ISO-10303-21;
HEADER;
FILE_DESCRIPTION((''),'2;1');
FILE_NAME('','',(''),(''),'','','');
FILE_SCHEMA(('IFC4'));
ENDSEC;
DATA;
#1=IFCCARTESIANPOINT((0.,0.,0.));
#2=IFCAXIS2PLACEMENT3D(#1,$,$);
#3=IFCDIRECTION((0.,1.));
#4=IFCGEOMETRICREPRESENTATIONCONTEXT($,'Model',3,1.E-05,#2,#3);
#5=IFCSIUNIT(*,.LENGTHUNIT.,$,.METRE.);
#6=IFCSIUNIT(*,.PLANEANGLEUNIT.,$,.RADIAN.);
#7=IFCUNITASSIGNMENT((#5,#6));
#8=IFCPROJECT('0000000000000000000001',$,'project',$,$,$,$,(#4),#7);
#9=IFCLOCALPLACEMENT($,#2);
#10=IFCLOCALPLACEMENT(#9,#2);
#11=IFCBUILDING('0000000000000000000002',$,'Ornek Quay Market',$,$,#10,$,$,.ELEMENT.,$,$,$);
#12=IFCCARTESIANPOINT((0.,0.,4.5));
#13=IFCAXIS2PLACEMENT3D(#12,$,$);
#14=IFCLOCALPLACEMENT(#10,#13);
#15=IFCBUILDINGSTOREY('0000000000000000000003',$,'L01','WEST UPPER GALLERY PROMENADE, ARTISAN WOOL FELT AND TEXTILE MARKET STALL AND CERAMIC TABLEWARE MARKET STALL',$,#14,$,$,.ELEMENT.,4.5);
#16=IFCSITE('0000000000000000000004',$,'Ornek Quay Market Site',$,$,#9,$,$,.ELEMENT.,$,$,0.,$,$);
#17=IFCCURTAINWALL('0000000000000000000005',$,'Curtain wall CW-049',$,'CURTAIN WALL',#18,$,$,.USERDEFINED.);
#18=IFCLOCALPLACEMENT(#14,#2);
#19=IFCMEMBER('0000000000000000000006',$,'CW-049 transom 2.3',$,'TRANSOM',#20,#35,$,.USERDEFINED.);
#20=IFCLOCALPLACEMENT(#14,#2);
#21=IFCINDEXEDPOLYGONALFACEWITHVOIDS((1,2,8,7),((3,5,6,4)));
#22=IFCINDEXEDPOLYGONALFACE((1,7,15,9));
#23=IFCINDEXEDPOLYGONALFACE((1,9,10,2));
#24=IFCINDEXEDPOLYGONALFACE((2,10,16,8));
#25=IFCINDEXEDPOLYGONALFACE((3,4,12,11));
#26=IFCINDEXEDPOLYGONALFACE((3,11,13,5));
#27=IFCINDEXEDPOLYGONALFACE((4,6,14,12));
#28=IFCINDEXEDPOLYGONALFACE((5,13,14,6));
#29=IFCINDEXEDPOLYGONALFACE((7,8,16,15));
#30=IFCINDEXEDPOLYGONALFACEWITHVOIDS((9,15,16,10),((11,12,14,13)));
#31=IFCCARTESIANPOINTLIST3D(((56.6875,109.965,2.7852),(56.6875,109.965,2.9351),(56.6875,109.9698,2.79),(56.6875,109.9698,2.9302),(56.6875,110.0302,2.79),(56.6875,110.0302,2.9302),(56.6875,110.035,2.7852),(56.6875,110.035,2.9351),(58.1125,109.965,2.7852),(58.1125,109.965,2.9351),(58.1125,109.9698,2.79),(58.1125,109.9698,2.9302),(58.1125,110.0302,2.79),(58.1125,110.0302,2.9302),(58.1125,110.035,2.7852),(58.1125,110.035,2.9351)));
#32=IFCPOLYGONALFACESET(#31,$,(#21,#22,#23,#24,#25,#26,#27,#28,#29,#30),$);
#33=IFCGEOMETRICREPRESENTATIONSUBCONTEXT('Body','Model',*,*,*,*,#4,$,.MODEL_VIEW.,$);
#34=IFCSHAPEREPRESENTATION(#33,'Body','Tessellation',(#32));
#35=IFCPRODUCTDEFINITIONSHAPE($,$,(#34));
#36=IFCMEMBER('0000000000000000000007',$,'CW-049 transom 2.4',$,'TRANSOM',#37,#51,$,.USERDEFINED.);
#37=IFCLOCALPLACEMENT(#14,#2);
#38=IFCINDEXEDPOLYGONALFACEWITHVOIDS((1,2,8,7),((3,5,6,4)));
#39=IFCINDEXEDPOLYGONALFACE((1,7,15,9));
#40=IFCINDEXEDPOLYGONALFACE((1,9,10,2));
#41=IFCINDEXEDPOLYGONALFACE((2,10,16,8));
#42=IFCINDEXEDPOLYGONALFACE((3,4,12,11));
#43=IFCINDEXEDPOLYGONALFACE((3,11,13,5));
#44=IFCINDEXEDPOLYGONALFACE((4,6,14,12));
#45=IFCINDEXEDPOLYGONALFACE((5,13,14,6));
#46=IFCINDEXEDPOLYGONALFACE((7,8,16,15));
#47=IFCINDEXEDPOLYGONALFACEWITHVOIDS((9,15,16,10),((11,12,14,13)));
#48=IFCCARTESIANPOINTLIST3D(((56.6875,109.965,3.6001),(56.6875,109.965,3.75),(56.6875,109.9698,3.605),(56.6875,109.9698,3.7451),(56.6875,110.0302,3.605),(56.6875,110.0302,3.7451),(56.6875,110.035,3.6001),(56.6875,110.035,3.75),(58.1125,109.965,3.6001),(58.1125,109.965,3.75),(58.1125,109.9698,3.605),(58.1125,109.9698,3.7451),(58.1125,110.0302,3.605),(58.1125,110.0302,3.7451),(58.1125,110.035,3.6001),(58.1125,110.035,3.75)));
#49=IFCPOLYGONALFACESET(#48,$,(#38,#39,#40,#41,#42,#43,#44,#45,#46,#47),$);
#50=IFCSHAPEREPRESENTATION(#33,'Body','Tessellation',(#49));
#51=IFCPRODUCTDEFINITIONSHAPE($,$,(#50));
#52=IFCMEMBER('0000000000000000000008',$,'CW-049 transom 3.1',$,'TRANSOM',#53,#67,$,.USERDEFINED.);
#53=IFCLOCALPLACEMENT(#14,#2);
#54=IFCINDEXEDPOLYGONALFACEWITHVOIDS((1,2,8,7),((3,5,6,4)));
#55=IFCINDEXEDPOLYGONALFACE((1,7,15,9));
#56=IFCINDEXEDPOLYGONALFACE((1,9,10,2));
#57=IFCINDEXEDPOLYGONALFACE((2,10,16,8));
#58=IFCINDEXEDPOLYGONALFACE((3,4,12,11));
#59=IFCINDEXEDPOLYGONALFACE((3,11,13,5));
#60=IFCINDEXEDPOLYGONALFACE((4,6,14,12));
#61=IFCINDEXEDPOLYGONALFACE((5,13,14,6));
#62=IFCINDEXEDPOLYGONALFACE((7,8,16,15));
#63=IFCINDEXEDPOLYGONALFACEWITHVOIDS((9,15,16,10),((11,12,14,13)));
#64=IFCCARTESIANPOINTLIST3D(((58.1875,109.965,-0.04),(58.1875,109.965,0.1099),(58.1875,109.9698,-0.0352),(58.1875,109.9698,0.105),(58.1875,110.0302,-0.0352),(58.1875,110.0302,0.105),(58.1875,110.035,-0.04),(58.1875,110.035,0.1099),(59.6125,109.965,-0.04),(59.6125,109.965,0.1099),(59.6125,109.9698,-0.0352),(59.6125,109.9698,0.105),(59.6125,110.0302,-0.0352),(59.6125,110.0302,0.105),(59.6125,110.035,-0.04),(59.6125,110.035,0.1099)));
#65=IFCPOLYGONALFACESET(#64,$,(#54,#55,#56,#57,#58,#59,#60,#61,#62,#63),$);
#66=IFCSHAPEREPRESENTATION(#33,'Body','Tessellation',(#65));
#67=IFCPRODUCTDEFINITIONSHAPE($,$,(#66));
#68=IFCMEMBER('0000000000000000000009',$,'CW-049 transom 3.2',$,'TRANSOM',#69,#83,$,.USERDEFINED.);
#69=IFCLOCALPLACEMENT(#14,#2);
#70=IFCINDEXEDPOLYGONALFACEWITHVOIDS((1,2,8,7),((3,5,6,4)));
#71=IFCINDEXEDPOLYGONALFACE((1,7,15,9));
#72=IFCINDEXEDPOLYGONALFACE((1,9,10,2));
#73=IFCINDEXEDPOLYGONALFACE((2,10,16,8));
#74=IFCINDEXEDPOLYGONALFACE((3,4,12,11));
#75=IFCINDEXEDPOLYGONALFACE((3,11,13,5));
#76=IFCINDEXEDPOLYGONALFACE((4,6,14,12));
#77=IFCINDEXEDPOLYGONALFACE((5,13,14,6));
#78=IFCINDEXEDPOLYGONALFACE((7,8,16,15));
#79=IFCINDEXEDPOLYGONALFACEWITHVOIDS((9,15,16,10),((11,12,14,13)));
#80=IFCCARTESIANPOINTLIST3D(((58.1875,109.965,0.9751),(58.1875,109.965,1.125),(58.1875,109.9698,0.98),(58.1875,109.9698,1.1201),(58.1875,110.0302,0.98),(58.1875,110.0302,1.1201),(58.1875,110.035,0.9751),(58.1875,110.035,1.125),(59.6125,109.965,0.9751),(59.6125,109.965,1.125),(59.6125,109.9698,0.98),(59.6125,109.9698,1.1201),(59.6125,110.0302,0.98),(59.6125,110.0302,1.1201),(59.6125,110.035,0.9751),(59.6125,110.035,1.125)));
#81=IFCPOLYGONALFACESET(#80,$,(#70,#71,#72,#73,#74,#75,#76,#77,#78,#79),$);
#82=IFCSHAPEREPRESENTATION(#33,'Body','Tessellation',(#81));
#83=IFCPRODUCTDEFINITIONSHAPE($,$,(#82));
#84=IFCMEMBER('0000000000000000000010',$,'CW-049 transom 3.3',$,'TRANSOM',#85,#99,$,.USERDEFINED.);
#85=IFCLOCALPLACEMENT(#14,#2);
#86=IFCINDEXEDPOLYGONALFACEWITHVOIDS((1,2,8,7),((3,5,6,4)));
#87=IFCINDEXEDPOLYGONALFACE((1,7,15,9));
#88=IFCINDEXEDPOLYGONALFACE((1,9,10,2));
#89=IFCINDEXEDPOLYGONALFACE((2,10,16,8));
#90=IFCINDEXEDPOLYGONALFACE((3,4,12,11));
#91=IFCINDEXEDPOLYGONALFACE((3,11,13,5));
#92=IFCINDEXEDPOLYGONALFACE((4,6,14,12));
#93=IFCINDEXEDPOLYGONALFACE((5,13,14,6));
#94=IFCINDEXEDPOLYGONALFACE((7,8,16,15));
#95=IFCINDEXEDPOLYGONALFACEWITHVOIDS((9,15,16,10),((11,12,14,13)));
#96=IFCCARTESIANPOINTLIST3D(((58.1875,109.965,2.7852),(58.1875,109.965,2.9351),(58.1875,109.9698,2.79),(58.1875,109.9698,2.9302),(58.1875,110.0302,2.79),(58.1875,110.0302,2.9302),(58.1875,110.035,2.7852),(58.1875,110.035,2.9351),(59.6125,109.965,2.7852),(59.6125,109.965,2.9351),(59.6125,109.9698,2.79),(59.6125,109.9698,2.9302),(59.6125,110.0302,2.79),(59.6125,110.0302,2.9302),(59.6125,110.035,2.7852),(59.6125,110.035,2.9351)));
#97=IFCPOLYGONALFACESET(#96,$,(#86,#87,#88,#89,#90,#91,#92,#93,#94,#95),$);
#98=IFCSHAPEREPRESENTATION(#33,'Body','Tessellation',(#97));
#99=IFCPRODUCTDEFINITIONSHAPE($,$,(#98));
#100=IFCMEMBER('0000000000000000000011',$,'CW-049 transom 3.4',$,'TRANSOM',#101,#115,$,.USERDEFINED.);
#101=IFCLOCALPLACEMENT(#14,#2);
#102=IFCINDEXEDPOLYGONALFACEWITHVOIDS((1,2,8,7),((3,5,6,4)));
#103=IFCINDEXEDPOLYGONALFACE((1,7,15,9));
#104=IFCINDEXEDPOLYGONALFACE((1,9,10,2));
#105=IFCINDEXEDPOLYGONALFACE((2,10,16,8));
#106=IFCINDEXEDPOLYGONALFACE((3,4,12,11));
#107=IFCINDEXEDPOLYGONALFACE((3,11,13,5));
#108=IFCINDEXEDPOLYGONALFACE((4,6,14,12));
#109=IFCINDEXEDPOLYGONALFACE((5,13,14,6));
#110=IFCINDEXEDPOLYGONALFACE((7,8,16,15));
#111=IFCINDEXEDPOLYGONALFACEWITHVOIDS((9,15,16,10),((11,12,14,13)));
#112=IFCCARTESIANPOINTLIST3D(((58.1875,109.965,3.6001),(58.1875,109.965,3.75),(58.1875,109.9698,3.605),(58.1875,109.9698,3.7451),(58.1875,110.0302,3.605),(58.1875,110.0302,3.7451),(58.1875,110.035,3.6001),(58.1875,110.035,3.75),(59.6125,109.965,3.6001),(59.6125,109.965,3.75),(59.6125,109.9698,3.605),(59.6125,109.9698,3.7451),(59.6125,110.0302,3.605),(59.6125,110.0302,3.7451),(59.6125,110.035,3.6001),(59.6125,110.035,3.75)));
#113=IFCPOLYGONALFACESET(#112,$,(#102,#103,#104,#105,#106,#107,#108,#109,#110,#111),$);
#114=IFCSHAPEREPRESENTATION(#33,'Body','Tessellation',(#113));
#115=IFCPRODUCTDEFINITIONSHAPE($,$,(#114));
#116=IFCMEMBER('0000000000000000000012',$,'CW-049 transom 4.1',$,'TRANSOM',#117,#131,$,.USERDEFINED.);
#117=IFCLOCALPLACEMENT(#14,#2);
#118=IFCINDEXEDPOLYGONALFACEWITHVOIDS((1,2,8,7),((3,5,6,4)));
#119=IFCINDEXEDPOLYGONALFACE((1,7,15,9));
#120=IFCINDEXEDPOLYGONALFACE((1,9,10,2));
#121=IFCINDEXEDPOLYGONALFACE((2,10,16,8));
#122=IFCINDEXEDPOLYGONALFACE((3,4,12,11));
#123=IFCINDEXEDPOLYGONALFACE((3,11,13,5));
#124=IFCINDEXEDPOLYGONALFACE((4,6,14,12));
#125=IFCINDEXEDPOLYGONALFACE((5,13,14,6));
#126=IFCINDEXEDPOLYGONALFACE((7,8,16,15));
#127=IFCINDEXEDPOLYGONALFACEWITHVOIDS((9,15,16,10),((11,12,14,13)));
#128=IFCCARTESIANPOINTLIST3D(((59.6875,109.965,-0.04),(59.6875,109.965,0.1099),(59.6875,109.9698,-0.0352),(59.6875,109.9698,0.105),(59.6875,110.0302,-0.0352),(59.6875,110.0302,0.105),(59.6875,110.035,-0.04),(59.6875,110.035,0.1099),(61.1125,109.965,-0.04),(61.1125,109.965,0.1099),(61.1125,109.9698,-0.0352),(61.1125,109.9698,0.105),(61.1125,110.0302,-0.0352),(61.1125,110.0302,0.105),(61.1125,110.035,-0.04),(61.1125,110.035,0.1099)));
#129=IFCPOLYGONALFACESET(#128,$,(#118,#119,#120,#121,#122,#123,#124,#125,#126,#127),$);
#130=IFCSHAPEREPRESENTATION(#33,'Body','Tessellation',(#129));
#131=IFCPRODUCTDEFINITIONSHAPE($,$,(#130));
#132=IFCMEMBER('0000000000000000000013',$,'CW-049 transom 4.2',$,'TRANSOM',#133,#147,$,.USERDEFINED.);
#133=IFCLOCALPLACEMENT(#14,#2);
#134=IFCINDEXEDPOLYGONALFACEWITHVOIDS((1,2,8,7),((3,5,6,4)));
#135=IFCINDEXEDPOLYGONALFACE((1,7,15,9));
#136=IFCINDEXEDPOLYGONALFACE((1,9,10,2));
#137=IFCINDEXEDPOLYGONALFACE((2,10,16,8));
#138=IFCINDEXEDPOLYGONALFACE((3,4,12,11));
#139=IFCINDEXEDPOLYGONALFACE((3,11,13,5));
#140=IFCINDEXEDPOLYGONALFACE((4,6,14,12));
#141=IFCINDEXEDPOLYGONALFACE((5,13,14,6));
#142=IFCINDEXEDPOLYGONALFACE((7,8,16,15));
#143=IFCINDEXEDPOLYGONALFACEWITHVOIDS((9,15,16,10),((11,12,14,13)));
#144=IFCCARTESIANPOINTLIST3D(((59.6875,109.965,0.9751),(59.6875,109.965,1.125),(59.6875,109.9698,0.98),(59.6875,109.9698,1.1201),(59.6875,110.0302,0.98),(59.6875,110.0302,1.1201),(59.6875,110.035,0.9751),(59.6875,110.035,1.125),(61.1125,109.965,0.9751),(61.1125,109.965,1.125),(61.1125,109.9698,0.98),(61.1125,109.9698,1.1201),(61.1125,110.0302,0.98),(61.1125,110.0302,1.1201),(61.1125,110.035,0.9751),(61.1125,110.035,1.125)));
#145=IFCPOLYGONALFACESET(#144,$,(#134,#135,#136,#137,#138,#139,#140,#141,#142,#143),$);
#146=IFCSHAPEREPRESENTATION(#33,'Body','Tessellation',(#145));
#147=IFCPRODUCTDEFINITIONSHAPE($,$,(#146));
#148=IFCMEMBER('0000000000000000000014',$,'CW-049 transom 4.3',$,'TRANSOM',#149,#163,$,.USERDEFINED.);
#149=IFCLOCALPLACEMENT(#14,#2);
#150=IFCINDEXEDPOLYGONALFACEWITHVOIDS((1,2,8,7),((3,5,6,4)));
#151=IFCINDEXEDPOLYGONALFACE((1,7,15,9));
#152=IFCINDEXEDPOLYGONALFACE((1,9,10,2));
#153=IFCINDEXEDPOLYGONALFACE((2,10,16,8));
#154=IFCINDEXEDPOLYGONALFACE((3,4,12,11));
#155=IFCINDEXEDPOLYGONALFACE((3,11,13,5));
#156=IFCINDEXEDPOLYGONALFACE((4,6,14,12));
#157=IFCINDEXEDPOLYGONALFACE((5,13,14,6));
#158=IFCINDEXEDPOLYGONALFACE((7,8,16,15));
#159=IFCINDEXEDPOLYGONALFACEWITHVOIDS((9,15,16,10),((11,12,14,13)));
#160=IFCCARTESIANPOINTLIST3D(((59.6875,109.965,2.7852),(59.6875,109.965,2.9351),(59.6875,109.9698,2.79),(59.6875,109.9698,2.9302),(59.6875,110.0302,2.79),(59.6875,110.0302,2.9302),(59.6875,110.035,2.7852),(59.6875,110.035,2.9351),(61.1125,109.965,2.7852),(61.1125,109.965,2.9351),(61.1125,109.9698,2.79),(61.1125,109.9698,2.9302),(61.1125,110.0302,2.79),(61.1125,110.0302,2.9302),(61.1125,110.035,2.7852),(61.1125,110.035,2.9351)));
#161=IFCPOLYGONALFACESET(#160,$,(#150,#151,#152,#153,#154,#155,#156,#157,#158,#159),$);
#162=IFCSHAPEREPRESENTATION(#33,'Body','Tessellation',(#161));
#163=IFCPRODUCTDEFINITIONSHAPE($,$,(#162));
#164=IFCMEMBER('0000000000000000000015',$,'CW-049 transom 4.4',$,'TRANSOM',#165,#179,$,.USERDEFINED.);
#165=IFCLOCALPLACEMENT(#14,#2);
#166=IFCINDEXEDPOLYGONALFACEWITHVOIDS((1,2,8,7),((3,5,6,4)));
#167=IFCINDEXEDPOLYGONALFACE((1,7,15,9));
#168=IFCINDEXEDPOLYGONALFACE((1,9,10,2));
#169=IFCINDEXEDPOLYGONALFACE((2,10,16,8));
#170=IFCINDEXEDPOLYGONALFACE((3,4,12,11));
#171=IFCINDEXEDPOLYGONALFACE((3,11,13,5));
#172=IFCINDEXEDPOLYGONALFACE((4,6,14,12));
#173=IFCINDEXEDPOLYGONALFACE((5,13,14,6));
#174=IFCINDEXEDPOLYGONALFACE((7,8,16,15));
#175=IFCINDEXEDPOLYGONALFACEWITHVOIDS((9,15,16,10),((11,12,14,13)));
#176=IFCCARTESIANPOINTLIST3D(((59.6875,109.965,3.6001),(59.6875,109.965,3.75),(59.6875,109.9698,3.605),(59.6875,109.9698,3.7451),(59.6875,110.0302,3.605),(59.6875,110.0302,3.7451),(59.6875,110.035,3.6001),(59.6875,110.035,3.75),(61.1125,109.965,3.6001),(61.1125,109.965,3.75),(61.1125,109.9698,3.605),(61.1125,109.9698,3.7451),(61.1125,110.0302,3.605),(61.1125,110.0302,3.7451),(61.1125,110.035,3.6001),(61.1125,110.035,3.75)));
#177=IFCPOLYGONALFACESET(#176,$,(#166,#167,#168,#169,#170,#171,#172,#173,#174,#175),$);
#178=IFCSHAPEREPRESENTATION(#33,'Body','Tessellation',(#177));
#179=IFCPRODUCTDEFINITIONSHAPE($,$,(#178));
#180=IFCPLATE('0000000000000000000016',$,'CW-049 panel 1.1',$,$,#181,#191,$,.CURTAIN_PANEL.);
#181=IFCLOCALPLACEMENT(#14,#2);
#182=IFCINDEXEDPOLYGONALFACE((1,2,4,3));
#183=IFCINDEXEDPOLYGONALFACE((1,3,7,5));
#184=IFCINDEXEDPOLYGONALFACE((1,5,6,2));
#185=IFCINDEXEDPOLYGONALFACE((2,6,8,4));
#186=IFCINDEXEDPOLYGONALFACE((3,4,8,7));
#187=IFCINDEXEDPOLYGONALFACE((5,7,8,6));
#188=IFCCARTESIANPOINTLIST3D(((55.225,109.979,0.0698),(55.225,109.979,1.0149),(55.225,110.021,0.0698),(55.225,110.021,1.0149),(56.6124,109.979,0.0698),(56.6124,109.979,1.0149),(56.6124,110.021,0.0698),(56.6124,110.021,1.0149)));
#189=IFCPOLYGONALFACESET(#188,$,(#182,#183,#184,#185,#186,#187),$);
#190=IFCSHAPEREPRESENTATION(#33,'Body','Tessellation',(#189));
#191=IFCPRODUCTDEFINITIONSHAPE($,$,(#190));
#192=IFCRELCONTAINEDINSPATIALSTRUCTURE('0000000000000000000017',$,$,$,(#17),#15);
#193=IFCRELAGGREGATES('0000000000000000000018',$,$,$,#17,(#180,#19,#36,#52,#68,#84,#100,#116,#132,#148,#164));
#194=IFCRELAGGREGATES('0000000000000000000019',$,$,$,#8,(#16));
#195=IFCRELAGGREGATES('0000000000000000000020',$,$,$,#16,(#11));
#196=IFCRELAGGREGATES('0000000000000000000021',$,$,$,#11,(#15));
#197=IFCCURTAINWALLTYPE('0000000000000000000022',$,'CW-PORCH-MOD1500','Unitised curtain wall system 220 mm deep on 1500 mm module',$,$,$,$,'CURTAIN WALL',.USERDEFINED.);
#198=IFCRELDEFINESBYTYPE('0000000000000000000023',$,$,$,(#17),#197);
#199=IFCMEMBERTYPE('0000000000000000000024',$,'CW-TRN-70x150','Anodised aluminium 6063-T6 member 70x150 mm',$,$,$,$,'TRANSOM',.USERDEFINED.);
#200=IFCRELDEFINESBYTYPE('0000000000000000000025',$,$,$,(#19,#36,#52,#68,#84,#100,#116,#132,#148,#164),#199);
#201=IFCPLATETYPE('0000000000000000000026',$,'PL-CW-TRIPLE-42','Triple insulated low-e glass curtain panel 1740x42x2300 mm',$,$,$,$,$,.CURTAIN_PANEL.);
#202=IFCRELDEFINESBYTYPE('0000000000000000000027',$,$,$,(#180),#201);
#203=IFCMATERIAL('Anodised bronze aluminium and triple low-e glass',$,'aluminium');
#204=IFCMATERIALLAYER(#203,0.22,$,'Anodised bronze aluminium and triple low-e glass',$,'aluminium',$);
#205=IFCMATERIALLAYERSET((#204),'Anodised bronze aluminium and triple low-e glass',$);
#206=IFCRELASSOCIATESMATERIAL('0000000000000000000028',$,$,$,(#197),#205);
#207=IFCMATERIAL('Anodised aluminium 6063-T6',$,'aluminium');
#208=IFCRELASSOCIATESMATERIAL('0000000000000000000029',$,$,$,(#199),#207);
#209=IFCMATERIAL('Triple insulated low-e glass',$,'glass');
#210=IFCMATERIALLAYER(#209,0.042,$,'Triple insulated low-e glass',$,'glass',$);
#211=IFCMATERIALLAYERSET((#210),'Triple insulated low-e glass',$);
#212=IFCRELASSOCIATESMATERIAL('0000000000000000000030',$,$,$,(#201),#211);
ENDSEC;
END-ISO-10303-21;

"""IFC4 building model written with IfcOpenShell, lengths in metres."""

from ifc_helpers import new_model, si_unit, direction, frame, origin, origin_2d, place, context, subcontext, project, spatial, rectangle, hollow_rectangle, extrude, material, layer, layer_set, material_profile, profile_set, type_object, element, aggregate, save


model = new_model("IFC4")

# Units and contexts
model_context = context("Model", 3, precision=1e-05, world=origin(), true_north=direction((0.0, 1.0)))
body_context = subcontext(model_context, "Body", "Model", "MODEL_VIEW")
ifc_project = project(units=[si_unit("LENGTHUNIT", "METRE"), si_unit("PLANEANGLEUNIT", "RADIAN")], contexts=[model_context])

# Site, building, storey
site_placement = place(None, origin())
site = spatial("IfcSite", under=ifc_project, at=site_placement, Name="Ornek Quay Market Site", CompositionType="ELEMENT", RefElevation=0.0)
building_placement = place(site_placement, origin())
building = spatial("IfcBuilding", under=site, at=building_placement, Name="Ornek Quay Market", CompositionType="ELEMENT")
storey_placement = place(building_placement, frame((0.0, 0.0, 4.5)))
storey = spatial("IfcBuildingStorey", under=building, at=storey_placement, Name="L01", Description="WEST UPPER GALLERY PROMENADE, ARTISAN WOOL FELT AND TEXTILE MARKET STALL AND CERAMIC TABLEWARE MARKET STALL", CompositionType="ELEMENT", Elevation=4.5)

# Curtain wall, members, plate
ifc_material_1 = material(Name="Anodised bronze aluminium and triple low-e glass", Category="aluminium")
ifc_layer_1 = layer(ifc_material_1, 0.22, Name="Anodised bronze aluminium and triple low-e glass", Category="aluminium")
ifc_layer_set_1 = layer_set([ifc_layer_1], Name="Anodised bronze aluminium and triple low-e glass")
curtain_wall_type = type_object("IfcCurtainWallType", Name="CW-PORCH-MOD1500", Description="Unitised curtain wall system 220 mm deep on 1500 mm module", ElementType="CURTAIN WALL", PredefinedType="USERDEFINED", material=ifc_layer_set_1)
curtain_wall_placement = place(storey_placement, origin())
curtain_wall = element("IfcCurtainWall", 1, at=curtain_wall_placement, inside=storey, type_object=curtain_wall_type, Name="Curtain wall CW-049", ObjectType="CURTAIN WALL", PredefinedType="USERDEFINED")
ifc_material_2 = material(Name="Anodised aluminium 6063-T6", Category="aluminium")
ifc_material_profile_1 = material_profile(ifc_material_2, hollow_rectangle(XDim=0.0701, YDim=0.1499, WallThickness=0.0049, at=origin_2d()), Name="CW-TRN-70x150", Category="aluminium")
ifc_profile_set_1 = profile_set([ifc_material_profile_1], Name="Anodised aluminium 6063-T6")
member_type_1 = type_object("IfcMemberType", Name="CW-TRN-70x150", Description="Anodised aluminium 6063-T6 member 70x150 mm", ElementType="TRANSOM", PredefinedType="USERDEFINED", material=ifc_profile_set_1)
member_1_placement = place(storey_placement, frame((56.6875, 110.0, 2.8601), z_axis=(1.0, 0.0, 0.0), x_axis=(0.0, 1.0, 0.0)))
member_1 = element("IfcMember", 2, at=member_1_placement, type_object=member_type_1, Name="CW-049 transom 2.3", ObjectType="TRANSOM", PredefinedType="USERDEFINED", context=body_context, shape_type="SweptSolid", body=[
    extrude(hollow_rectangle(XDim=0.0701, YDim=0.1499, WallThickness=0.0049, at=origin_2d()), origin(), (0.0, 0.0, 1.0), 1.425),
])
member_2_placement = place(storey_placement, frame((56.6875, 110.0, 3.675), z_axis=(1.0, 0.0, 0.0), x_axis=(0.0, 1.0, 0.0)))
member_2 = element("IfcMember", 3, at=member_2_placement, type_object=member_type_1, Name="CW-049 transom 2.4", ObjectType="TRANSOM", PredefinedType="USERDEFINED", context=body_context, shape_type="SweptSolid", body=[
    extrude(hollow_rectangle(XDim=0.0701, YDim=0.1499, WallThickness=0.0049, at=origin_2d()), origin(), (0.0, 0.0, 1.0), 1.425),
])
member_3_placement = place(storey_placement, frame((58.1875, 110.0, 0.0349), z_axis=(1.0, 0.0, 0.0), x_axis=(0.0, 1.0, 0.0)))
member_3 = element("IfcMember", 4, at=member_3_placement, type_object=member_type_1, Name="CW-049 transom 3.1", ObjectType="TRANSOM", PredefinedType="USERDEFINED", context=body_context, shape_type="SweptSolid", body=[
    extrude(hollow_rectangle(XDim=0.0701, YDim=0.1499, WallThickness=0.0049, at=origin_2d()), origin(), (0.0, 0.0, 1.0), 1.425),
])
member_4_placement = place(storey_placement, frame((58.1875, 110.0, 1.05), z_axis=(1.0, 0.0, 0.0), x_axis=(0.0, 1.0, 0.0)))
member_4 = element("IfcMember", 5, at=member_4_placement, type_object=member_type_1, Name="CW-049 transom 3.2", ObjectType="TRANSOM", PredefinedType="USERDEFINED", context=body_context, shape_type="SweptSolid", body=[
    extrude(hollow_rectangle(XDim=0.0701, YDim=0.1499, WallThickness=0.0049, at=origin_2d()), origin(), (0.0, 0.0, 1.0), 1.425),
])
member_5_placement = place(storey_placement, frame((58.1875, 110.0, 2.8601), z_axis=(1.0, 0.0, 0.0), x_axis=(0.0, 1.0, 0.0)))
member_5 = element("IfcMember", 6, at=member_5_placement, type_object=member_type_1, Name="CW-049 transom 3.3", ObjectType="TRANSOM", PredefinedType="USERDEFINED", context=body_context, shape_type="SweptSolid", body=[
    extrude(hollow_rectangle(XDim=0.0701, YDim=0.1499, WallThickness=0.0049, at=origin_2d()), origin(), (0.0, 0.0, 1.0), 1.425),
])
member_6_placement = place(storey_placement, frame((58.1875, 110.0, 3.675), z_axis=(1.0, 0.0, 0.0), x_axis=(0.0, 1.0, 0.0)))
member_6 = element("IfcMember", 7, at=member_6_placement, type_object=member_type_1, Name="CW-049 transom 3.4", ObjectType="TRANSOM", PredefinedType="USERDEFINED", context=body_context, shape_type="SweptSolid", body=[
    extrude(hollow_rectangle(XDim=0.0701, YDim=0.1499, WallThickness=0.0049, at=origin_2d()), origin(), (0.0, 0.0, 1.0), 1.425),
])
member_7_placement = place(storey_placement, frame((59.6875, 110.0, 0.0349), z_axis=(1.0, 0.0, 0.0), x_axis=(0.0, 1.0, 0.0)))
member_7 = element("IfcMember", 8, at=member_7_placement, type_object=member_type_1, Name="CW-049 transom 4.1", ObjectType="TRANSOM", PredefinedType="USERDEFINED", context=body_context, shape_type="SweptSolid", body=[
    extrude(hollow_rectangle(XDim=0.0701, YDim=0.1499, WallThickness=0.0049, at=origin_2d()), origin(), (0.0, 0.0, 1.0), 1.425),
])
member_8_placement = place(storey_placement, frame((59.6875, 110.0, 1.05), z_axis=(1.0, 0.0, 0.0), x_axis=(0.0, 1.0, 0.0)))
member_8 = element("IfcMember", 9, at=member_8_placement, type_object=member_type_1, Name="CW-049 transom 4.2", ObjectType="TRANSOM", PredefinedType="USERDEFINED", context=body_context, shape_type="SweptSolid", body=[
    extrude(hollow_rectangle(XDim=0.0701, YDim=0.1499, WallThickness=0.0049, at=origin_2d()), origin(), (0.0, 0.0, 1.0), 1.425),
])
member_9_placement = place(storey_placement, frame((59.6875, 110.0, 2.8601), z_axis=(1.0, 0.0, 0.0), x_axis=(0.0, 1.0, 0.0)))
member_9 = element("IfcMember", 10, at=member_9_placement, type_object=member_type_1, Name="CW-049 transom 4.3", ObjectType="TRANSOM", PredefinedType="USERDEFINED", context=body_context, shape_type="SweptSolid", body=[
    extrude(hollow_rectangle(XDim=0.0701, YDim=0.1499, WallThickness=0.0049, at=origin_2d()), origin(), (0.0, 0.0, 1.0), 1.425),
])
member_10_placement = place(storey_placement, frame((59.6875, 110.0, 3.675), z_axis=(1.0, 0.0, 0.0), x_axis=(0.0, 1.0, 0.0)))
member_10 = element("IfcMember", 11, at=member_10_placement, type_object=member_type_1, Name="CW-049 transom 4.4", ObjectType="TRANSOM", PredefinedType="USERDEFINED", context=body_context, shape_type="SweptSolid", body=[
    extrude(hollow_rectangle(XDim=0.0701, YDim=0.1499, WallThickness=0.0049, at=origin_2d()), origin(), (0.0, 0.0, 1.0), 1.425),
])
ifc_material_3 = material(Name="Triple insulated low-e glass", Category="glass")
ifc_layer_2 = layer(ifc_material_3, 0.042, Name="Triple insulated low-e glass", Category="glass")
ifc_layer_set_2 = layer_set([ifc_layer_2], Name="Triple insulated low-e glass")
plate_type = type_object("IfcPlateType", Name="PL-CW-TRIPLE-42", Description="Triple insulated low-e glass curtain panel 1740x42x2300 mm", PredefinedType="CURTAIN_PANEL", material=ifc_layer_set_2)
plate_1_placement = place(storey_placement, frame((55.9187, 110.0, 0.0698), z_axis=(0.0, 0.0, 1.0), x_axis=(1.0, 0.0, 0.0)))
plate_1 = element("IfcPlate", 12, at=plate_1_placement, type_object=plate_type, Name="CW-049 panel 1.1", PredefinedType="CURTAIN_PANEL", context=body_context, shape_type="SweptSolid", body=[
    extrude(rectangle(XDim=1.3875, YDim=0.042, at=origin_2d()), origin(), (0.0, 0.0, 1.0), 0.9451),
])
aggregate(curtain_wall, [plate_1, member_1, member_2, member_3, member_4, member_5, member_6, member_7, member_8, member_9, member_10])

save(model, "model.ifc")
